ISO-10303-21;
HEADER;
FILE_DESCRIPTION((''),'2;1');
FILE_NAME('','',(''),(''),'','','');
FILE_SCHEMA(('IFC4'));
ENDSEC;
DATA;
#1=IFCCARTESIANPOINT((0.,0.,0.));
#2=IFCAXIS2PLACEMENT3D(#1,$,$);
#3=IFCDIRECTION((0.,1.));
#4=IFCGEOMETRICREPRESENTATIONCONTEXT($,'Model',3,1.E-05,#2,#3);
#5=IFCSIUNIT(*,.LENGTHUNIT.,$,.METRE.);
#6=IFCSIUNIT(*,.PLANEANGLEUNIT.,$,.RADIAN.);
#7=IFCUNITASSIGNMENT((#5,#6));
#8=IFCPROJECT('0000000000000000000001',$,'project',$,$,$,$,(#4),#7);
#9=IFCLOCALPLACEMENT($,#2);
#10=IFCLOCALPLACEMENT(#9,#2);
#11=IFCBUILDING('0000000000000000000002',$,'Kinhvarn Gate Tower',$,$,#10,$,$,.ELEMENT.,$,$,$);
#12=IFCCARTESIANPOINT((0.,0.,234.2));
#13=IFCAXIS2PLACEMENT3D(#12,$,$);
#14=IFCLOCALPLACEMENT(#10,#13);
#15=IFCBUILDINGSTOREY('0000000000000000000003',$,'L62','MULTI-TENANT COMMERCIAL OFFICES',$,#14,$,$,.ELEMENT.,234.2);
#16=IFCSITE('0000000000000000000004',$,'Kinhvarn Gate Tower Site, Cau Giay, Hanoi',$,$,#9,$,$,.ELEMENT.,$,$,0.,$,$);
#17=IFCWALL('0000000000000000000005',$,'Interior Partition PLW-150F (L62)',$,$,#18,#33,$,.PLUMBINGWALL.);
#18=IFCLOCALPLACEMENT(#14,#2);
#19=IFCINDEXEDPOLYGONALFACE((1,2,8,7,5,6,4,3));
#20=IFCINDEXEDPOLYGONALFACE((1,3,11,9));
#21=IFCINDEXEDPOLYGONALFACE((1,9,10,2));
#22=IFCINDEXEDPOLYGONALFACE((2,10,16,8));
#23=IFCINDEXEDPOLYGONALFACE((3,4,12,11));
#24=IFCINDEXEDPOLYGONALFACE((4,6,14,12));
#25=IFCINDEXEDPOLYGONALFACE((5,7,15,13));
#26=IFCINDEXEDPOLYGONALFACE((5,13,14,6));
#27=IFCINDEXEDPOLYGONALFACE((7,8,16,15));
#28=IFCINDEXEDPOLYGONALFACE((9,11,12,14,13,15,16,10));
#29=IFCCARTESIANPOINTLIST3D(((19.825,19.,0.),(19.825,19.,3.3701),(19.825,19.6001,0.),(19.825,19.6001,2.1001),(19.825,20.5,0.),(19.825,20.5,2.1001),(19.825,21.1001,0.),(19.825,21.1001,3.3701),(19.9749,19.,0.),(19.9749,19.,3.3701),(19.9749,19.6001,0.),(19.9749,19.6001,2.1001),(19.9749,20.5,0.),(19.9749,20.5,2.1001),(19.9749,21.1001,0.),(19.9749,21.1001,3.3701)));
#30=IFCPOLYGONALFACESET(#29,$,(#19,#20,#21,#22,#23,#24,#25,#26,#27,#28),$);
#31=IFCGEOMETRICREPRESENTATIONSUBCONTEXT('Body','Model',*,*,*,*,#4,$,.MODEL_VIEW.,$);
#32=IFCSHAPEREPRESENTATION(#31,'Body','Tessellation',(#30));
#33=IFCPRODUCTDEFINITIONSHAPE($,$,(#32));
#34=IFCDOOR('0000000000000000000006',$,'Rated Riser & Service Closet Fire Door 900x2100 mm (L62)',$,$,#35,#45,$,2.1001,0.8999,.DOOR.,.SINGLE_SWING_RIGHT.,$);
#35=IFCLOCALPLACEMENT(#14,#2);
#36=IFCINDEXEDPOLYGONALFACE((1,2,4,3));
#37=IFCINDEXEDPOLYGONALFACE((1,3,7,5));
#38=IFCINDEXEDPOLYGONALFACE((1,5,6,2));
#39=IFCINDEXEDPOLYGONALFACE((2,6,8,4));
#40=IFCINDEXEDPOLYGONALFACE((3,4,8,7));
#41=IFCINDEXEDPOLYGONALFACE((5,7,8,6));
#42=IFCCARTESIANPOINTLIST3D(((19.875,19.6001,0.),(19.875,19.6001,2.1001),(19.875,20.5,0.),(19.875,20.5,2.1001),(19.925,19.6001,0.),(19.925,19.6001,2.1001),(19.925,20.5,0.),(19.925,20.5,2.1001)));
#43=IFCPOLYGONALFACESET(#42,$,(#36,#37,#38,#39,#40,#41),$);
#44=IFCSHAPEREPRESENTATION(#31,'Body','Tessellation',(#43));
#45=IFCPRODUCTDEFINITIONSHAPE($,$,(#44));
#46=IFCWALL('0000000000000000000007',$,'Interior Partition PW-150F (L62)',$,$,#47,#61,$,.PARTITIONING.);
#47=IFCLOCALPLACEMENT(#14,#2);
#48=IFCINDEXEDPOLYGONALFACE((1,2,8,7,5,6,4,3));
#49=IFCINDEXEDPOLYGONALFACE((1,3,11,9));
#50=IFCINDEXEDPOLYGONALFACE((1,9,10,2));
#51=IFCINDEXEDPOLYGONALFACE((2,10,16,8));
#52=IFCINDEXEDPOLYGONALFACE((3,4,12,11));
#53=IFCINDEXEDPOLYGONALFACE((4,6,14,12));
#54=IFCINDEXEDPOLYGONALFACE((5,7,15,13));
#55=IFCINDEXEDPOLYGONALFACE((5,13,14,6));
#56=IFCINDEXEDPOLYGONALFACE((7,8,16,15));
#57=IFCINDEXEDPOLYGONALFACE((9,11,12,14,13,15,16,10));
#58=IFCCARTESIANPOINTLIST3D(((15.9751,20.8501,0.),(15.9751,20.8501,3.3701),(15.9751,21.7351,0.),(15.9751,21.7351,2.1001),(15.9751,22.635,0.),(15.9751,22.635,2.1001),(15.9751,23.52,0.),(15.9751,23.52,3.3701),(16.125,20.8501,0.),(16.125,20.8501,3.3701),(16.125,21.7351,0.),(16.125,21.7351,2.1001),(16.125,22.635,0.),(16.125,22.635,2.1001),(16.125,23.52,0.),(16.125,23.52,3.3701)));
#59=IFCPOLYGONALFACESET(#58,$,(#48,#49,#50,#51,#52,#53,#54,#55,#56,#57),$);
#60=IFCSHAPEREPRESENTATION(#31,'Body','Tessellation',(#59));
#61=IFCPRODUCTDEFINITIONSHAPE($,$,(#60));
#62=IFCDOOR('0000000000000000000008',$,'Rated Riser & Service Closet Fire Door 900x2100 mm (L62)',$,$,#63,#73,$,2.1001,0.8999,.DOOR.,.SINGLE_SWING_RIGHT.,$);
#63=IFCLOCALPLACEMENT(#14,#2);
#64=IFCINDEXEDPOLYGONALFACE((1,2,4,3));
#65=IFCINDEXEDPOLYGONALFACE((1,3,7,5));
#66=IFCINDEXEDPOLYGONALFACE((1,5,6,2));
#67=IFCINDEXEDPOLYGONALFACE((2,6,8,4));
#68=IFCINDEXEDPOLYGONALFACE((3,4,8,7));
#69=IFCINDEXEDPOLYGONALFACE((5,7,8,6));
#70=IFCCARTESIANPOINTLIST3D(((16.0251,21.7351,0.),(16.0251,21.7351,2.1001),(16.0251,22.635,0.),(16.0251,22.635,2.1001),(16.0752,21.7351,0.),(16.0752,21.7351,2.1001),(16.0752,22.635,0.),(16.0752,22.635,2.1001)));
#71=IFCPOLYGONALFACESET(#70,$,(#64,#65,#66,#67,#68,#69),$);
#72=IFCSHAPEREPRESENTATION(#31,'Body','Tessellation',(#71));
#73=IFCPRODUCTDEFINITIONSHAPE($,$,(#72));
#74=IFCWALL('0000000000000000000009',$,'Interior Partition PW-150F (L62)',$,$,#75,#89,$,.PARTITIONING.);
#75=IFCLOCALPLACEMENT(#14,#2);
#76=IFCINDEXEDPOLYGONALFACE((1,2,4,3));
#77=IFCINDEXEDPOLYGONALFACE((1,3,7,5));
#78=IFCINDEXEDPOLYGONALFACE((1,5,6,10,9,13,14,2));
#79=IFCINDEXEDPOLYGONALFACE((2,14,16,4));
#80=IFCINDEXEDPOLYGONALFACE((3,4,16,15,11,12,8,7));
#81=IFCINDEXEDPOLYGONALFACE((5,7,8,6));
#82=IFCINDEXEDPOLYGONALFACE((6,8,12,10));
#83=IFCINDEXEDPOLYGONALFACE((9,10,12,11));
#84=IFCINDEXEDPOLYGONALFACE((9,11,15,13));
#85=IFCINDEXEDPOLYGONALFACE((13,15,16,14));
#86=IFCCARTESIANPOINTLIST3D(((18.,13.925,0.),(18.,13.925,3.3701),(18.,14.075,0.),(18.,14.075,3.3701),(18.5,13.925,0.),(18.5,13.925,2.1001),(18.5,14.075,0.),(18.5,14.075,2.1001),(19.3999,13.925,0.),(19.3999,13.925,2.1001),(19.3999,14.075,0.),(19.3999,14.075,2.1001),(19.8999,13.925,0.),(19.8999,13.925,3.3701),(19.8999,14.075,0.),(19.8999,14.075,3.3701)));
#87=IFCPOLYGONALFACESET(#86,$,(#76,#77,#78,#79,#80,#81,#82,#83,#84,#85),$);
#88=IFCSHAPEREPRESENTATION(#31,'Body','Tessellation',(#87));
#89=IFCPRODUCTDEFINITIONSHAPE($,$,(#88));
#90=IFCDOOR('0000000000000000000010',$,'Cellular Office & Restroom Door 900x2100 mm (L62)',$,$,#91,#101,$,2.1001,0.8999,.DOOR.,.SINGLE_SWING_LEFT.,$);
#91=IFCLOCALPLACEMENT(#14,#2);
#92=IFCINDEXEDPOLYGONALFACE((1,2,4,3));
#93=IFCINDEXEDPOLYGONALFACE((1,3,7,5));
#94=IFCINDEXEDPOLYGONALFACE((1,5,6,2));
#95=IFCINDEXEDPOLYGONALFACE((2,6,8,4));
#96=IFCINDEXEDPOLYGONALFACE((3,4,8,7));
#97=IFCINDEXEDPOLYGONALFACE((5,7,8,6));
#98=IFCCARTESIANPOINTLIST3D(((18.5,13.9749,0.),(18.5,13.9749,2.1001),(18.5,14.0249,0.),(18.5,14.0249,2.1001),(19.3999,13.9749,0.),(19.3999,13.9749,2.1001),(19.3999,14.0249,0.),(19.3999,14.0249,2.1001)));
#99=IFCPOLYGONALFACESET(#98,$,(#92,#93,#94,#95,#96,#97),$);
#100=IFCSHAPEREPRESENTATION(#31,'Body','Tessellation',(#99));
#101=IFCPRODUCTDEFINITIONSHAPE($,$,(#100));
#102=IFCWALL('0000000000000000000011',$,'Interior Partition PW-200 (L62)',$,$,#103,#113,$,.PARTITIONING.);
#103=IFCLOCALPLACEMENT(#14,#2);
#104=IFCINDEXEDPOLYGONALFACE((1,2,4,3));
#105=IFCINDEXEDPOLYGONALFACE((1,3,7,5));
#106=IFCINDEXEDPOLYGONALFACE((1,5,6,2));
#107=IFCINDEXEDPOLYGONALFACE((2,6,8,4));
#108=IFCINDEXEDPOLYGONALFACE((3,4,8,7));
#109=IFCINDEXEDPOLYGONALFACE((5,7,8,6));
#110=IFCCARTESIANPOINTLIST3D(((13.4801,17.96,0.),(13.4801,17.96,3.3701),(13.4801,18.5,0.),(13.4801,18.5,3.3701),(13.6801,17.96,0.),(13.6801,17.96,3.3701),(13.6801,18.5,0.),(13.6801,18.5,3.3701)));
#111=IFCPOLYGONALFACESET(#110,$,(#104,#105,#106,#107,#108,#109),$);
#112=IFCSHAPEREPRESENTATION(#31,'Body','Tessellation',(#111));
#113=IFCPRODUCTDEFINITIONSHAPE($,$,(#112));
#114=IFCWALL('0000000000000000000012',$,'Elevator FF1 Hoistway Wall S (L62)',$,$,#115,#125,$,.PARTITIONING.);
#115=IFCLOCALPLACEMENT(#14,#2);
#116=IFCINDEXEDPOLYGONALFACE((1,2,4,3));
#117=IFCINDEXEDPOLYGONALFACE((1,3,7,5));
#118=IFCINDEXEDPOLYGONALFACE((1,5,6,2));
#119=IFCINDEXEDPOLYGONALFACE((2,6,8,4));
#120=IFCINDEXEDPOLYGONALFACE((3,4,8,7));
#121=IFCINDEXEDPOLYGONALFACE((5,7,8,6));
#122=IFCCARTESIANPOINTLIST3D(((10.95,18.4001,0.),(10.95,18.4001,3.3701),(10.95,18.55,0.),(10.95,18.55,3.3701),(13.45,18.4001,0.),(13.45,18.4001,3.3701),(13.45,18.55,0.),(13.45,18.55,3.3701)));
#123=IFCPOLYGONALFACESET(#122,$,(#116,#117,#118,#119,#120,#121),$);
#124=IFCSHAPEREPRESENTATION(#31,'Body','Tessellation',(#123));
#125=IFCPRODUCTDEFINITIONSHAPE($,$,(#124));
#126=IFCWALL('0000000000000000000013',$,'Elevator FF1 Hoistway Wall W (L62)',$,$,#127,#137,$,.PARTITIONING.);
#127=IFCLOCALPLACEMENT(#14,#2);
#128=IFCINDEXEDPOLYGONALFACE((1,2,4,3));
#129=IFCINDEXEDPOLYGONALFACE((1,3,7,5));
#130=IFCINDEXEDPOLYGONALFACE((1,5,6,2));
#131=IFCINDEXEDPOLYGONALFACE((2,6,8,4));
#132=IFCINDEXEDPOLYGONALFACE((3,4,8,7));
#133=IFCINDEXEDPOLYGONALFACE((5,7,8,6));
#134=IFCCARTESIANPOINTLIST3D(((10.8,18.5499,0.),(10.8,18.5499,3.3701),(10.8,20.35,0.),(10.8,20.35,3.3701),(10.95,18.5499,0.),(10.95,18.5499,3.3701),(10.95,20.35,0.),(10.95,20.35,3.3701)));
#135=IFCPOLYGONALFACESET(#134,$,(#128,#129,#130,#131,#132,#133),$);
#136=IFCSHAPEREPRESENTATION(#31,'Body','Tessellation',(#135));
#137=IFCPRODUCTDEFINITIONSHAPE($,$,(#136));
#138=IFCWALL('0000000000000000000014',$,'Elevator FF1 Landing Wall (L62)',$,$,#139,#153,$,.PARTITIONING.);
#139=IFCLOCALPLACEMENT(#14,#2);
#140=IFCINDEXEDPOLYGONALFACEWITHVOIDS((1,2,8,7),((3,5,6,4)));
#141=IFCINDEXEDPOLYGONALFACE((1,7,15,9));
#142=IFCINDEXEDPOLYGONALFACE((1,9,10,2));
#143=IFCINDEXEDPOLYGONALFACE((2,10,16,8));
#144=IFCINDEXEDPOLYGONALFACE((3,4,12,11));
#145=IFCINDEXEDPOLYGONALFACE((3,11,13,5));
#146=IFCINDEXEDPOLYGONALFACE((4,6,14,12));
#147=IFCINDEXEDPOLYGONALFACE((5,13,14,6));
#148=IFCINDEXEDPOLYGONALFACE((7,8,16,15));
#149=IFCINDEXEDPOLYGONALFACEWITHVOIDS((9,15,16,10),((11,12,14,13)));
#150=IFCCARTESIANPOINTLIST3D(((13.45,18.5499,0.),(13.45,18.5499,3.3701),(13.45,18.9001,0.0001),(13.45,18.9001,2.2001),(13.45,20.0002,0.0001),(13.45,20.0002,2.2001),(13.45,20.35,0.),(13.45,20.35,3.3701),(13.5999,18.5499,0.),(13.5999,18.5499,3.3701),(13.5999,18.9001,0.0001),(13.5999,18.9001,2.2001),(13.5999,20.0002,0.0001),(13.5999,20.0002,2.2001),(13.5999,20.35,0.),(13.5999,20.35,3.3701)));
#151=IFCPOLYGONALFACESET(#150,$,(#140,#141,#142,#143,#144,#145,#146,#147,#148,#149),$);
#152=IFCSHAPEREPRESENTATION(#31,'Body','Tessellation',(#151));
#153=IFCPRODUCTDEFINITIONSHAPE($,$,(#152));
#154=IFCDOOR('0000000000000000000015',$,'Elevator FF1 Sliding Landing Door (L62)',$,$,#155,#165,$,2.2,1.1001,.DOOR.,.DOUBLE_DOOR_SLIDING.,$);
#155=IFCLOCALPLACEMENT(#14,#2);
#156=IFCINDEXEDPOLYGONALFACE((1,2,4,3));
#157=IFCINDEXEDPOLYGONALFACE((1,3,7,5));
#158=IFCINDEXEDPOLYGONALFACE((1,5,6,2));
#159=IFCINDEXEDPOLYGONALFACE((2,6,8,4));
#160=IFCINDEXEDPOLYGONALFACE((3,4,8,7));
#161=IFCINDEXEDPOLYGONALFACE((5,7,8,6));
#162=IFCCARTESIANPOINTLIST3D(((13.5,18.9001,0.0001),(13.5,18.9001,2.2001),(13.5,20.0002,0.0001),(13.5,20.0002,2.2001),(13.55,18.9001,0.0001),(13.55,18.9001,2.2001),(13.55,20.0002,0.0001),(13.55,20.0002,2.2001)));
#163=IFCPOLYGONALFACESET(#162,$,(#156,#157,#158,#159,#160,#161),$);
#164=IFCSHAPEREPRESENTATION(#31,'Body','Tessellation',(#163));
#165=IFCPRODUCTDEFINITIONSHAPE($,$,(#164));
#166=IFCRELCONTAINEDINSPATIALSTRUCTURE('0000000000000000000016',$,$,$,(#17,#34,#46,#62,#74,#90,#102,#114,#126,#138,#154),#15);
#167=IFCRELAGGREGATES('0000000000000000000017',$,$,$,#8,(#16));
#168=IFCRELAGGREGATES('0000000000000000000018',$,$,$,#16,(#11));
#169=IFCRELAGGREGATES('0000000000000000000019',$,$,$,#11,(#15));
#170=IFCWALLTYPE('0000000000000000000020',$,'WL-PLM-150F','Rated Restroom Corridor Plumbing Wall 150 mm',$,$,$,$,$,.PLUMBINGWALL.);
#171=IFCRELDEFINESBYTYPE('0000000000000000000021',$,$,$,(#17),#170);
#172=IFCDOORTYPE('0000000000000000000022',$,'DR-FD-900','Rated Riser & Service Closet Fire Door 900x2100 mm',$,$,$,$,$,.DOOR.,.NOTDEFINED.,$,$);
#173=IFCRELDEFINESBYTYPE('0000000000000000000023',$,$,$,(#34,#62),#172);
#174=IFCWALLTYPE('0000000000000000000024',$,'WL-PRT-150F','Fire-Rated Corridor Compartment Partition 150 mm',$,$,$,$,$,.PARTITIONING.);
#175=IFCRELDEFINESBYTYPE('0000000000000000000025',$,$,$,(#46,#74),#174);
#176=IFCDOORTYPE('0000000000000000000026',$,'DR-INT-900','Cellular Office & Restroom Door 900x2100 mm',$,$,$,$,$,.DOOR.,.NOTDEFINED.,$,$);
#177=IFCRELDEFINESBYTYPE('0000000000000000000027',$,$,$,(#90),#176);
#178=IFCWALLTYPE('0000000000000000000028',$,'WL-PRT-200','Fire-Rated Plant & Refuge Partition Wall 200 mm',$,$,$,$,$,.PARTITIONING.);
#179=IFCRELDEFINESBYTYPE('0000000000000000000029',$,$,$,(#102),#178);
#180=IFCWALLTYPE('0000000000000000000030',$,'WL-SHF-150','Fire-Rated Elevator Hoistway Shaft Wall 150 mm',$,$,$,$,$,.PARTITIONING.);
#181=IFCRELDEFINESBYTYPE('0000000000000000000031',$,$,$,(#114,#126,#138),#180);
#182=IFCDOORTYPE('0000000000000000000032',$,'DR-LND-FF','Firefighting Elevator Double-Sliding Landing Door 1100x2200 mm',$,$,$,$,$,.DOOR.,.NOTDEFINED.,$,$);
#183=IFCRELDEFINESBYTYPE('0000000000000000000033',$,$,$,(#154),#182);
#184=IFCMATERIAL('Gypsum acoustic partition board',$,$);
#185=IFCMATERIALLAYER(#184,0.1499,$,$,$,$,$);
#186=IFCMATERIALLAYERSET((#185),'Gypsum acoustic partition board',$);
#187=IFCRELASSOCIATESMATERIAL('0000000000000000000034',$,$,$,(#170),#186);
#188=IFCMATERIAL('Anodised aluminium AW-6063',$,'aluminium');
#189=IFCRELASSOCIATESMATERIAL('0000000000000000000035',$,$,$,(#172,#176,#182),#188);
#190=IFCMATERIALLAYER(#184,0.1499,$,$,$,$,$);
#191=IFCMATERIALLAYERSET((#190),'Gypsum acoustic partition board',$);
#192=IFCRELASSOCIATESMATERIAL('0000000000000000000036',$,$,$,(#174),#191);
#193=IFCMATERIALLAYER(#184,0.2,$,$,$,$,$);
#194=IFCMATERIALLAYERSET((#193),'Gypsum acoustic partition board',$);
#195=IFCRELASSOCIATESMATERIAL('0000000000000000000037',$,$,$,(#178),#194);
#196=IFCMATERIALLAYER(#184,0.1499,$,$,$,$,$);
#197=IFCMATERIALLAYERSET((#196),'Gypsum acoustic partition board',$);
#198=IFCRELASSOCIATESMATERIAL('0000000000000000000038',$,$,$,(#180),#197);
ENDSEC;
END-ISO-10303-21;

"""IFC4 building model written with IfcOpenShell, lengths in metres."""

from ifc_helpers import new_model, si_unit, direction, frame, frame_2d, origin, place, context, subcontext, project, spatial, rectangle, extrude, material, layer, layer_set, type_object, element, fill, save


model = new_model("IFC4")

# Units and contexts
model_context = context("Model", 3, precision=1e-05, world=origin(), true_north=direction((0.0, 1.0)))
body_context = subcontext(model_context, "Body", "Model", "MODEL_VIEW")
ifc_project = project(units=[si_unit("LENGTHUNIT", "METRE"), si_unit("PLANEANGLEUNIT", "RADIAN")], contexts=[model_context])

# Site, building, storey
site_placement = place(None, origin())
site = spatial("IfcSite", under=ifc_project, at=site_placement, Name="Kinhvarn Gate Tower Site, Cau Giay, Hanoi", CompositionType="ELEMENT", RefElevation=0.0)
building_placement = place(site_placement, origin())
building = spatial("IfcBuilding", under=site, at=building_placement, Name="Kinhvarn Gate Tower", CompositionType="ELEMENT")
storey_placement = place(building_placement, frame((0.0, 0.0, 234.2)))
storey = spatial("IfcBuildingStorey", under=building, at=storey_placement, Name="L62", Description="MULTI-TENANT COMMERCIAL OFFICES", CompositionType="ELEMENT", Elevation=234.2)

# Shared definitions
ifc_material_1 = material(Name="Anodised aluminium AW-6063", Category="aluminium")

# Shared definitions
ifc_material_2 = material(Name="Gypsum acoustic partition board")

# Walls, openings, doors
ifc_layer_1 = layer(ifc_material_2, 0.1499)
ifc_layer_set_1 = layer_set([ifc_layer_1], Name="Gypsum acoustic partition board")
wall_type_1 = type_object("IfcWallType", Name="WL-PLM-150F", Description="Rated Restroom Corridor Plumbing Wall 150 mm", PredefinedType="PLUMBINGWALL", material=ifc_layer_set_1)
door_type_1 = type_object("IfcDoorType", Name="DR-FD-900", Description="Rated Riser & Service Closet Fire Door 900x2100 mm", OperationType="NOTDEFINED", PredefinedType="DOOR", material=ifc_material_1)
wall_1_placement = place(storey_placement, frame((19.8999, 19.0, 0.0), z_axis=(0.0, 0.0, 1.0), x_axis=(0.0, 1.0, 0.0)))
wall_1 = element("IfcWall", 1, at=wall_1_placement, inside=storey, type_object=wall_type_1, Name="Interior Partition PLW-150F (L62)", PredefinedType="PLUMBINGWALL", context=body_context, shape_type="SweptSolid", body=[
    extrude(rectangle(XDim=2.1001, YDim=0.1499, at=frame_2d((1.05, 0.0))), origin(), (0.0, 0.0, 1.0), 3.3701),
])
opening_1_placement = place(wall_1_placement, frame((0.6001, 0.0, 0.0)))
opening_1 = element("IfcOpeningElement", 2, at=opening_1_placement, cuts=wall_1, PredefinedType="OPENING", context=body_context, shape_type="SweptSolid", body=[
    extrude(rectangle(XDim=0.8999, YDim=2.1001, at=frame_2d((0.45, 1.05))), frame((0.0, 0.085, 0.0), z_axis=(0.0, -1.0, 0.0), x_axis=(1.0, 0.0, 0.0)), (0.0, 0.0, 1.0), 0.1699),
])
door_1_placement = place(opening_1_placement, origin())
door_1 = element("IfcDoor", 3, at=door_1_placement, inside=storey, type_object=door_type_1, Name="Rated Riser & Service Closet Fire Door 900x2100 mm (L62)", OperationType="SINGLE_SWING_RIGHT", OverallHeight=2.1001, OverallWidth=0.8999, PredefinedType="DOOR", context=body_context, shape_type="SweptSolid", body=[
    extrude(rectangle(XDim=0.8999, YDim=2.1001, at=frame_2d((0.45, 1.05))), frame((0.0, 0.0249, 0.0), z_axis=(0.0, -1.0, 0.0), x_axis=(1.0, 0.0, 0.0)), (0.0, 0.0, 1.0), 0.05),
])
fill(opening_1, door_1)
ifc_layer_2 = layer(ifc_material_2, 0.1499)
ifc_layer_set_2 = layer_set([ifc_layer_2], Name="Gypsum acoustic partition board")
wall_type_2 = type_object("IfcWallType", Name="WL-PRT-150F", Description="Fire-Rated Corridor Compartment Partition 150 mm", PredefinedType="PARTITIONING", material=ifc_layer_set_2)
wall_2_placement = place(storey_placement, frame((16.05, 20.8501, 0.0), z_axis=(0.0, 0.0, 1.0), x_axis=(0.0, 1.0, 0.0)))
wall_2 = element("IfcWall", 4, at=wall_2_placement, inside=storey, type_object=wall_type_2, Name="Interior Partition PW-150F (L62)", PredefinedType="PARTITIONING", context=body_context, shape_type="SweptSolid", body=[
    extrude(rectangle(XDim=2.6699, YDim=0.1499, at=frame_2d((1.335, 0.0))), origin(), (0.0, 0.0, 1.0), 3.3701),
])
opening_2_placement = place(wall_2_placement, frame((0.885, 0.0, 0.0)))
opening_2 = element("IfcOpeningElement", 5, at=opening_2_placement, cuts=wall_2, PredefinedType="OPENING", context=body_context, shape_type="SweptSolid", body=[
    extrude(rectangle(XDim=0.8999, YDim=2.1001, at=frame_2d((0.45, 1.05))), frame((0.0, 0.085, 0.0), z_axis=(0.0, -1.0, 0.0), x_axis=(1.0, 0.0, 0.0)), (0.0, 0.0, 1.0), 0.1699),
])
door_2_placement = place(opening_2_placement, origin())
door_2 = element("IfcDoor", 6, at=door_2_placement, inside=storey, type_object=door_type_1, Name="Rated Riser & Service Closet Fire Door 900x2100 mm (L62)", OperationType="SINGLE_SWING_RIGHT", OverallHeight=2.1001, OverallWidth=0.8999, PredefinedType="DOOR", context=body_context, shape_type="SweptSolid", body=[
    extrude(rectangle(XDim=0.8999, YDim=2.1001, at=frame_2d((0.45, 1.05))), frame((0.0, 0.0249, 0.0), z_axis=(0.0, -1.0, 0.0), x_axis=(1.0, 0.0, 0.0)), (0.0, 0.0, 1.0), 0.05),
])
fill(opening_2, door_2)
wall_3_placement = place(storey_placement, frame((18.0, 14.0, 0.0), z_axis=(0.0, 0.0, 1.0), x_axis=(1.0, 0.0, 0.0)))
wall_3 = element("IfcWall", 7, at=wall_3_placement, inside=storey, type_object=wall_type_2, Name="Interior Partition PW-150F (L62)", PredefinedType="PARTITIONING", context=body_context, shape_type="SweptSolid", body=[
    extrude(rectangle(XDim=1.8999, YDim=0.1499, at=frame_2d((0.95, 0.0))), origin(), (0.0, 0.0, 1.0), 3.3701),
])
opening_3_placement = place(wall_3_placement, frame((0.5, 0.0, 0.0)))
opening_3 = element("IfcOpeningElement", 8, at=opening_3_placement, cuts=wall_3, PredefinedType="OPENING", context=body_context, shape_type="SweptSolid", body=[
    extrude(rectangle(XDim=0.8999, YDim=2.1001, at=frame_2d((0.45, 1.05))), frame((0.0, 0.085, 0.0), z_axis=(0.0, -1.0, 0.0), x_axis=(1.0, 0.0, 0.0)), (0.0, 0.0, 1.0), 0.1699),
])
door_type_2 = type_object("IfcDoorType", Name="DR-INT-900", Description="Cellular Office & Restroom Door 900x2100 mm", OperationType="NOTDEFINED", PredefinedType="DOOR", material=ifc_material_1)
door_3_placement = place(opening_3_placement, origin())
door_3 = element("IfcDoor", 9, at=door_3_placement, inside=storey, type_object=door_type_2, Name="Cellular Office & Restroom Door 900x2100 mm (L62)", OperationType="SINGLE_SWING_LEFT", OverallHeight=2.1001, OverallWidth=0.8999, PredefinedType="DOOR", context=body_context, shape_type="SweptSolid", body=[
    extrude(rectangle(XDim=0.8999, YDim=2.1001, at=frame_2d((0.45, 1.05))), frame((0.0, 0.0249, 0.0), z_axis=(0.0, -1.0, 0.0), x_axis=(1.0, 0.0, 0.0)), (0.0, 0.0, 1.0), 0.05),
])
fill(opening_3, door_3)

# Walls
ifc_layer_3 = layer(ifc_material_2, 0.2)
ifc_layer_set_3 = layer_set([ifc_layer_3], Name="Gypsum acoustic partition board")
wall_type_3 = type_object("IfcWallType", Name="WL-PRT-200", Description="Fire-Rated Plant & Refuge Partition Wall 200 mm", PredefinedType="PARTITIONING", material=ifc_layer_set_3)
wall_4_placement = place(storey_placement, frame((13.5801, 17.96, 0.0), z_axis=(0.0, 0.0, 1.0), x_axis=(0.0, 1.0, 0.0)))
element("IfcWall", 10, at=wall_4_placement, inside=storey, type_object=wall_type_3, Name="Interior Partition PW-200 (L62)", PredefinedType="PARTITIONING", context=body_context, shape_type="SweptSolid", body=[
    extrude(rectangle(XDim=0.54, YDim=0.2, at=frame_2d((0.27, 0.0))), origin(), (0.0, 0.0, 1.0), 3.3701),
])
ifc_layer_4 = layer(ifc_material_2, 0.1499)
ifc_layer_set_4 = layer_set([ifc_layer_4], Name="Gypsum acoustic partition board")
wall_type_4 = type_object("IfcWallType", Name="WL-SHF-150", Description="Fire-Rated Elevator Hoistway Shaft Wall 150 mm", PredefinedType="PARTITIONING", material=ifc_layer_set_4)
wall_5_placement = place(storey_placement, frame((10.95, 18.4751, 0.0), z_axis=(0.0, 0.0, 1.0), x_axis=(1.0, 0.0, 0.0)))
element("IfcWall", 11, at=wall_5_placement, inside=storey, type_object=wall_type_4, Name="Elevator FF1 Hoistway Wall S (L62)", PredefinedType="PARTITIONING", context=body_context, shape_type="SweptSolid", body=[
    extrude(rectangle(XDim=2.5, YDim=0.1499, at=frame_2d((1.25, 0.0))), origin(), (0.0, 0.0, 1.0), 3.3701),
])
wall_6_placement = place(storey_placement, frame((10.875, 18.55, 0.0), z_axis=(0.0, 0.0, 1.0), x_axis=(0.0, 1.0, 0.0)))
element("IfcWall", 12, at=wall_6_placement, inside=storey, type_object=wall_type_4, Name="Elevator FF1 Hoistway Wall W (L62)", PredefinedType="PARTITIONING", context=body_context, shape_type="SweptSolid", body=[
    extrude(rectangle(XDim=1.8, YDim=0.1499, at=frame_2d((0.8999, 0.0))), origin(), (0.0, 0.0, 1.0), 3.3701),
])

# Wall, opening, door
wall_7_placement = place(storey_placement, frame((13.5249, 18.55, 0.0), z_axis=(0.0, 0.0, 1.0), x_axis=(0.0, 1.0, 0.0)))
wall_7 = element("IfcWall", 13, at=wall_7_placement, inside=storey, type_object=wall_type_4, Name="Elevator FF1 Landing Wall (L62)", PredefinedType="PARTITIONING", context=body_context, shape_type="SweptSolid", body=[
    extrude(rectangle(XDim=1.8, YDim=0.1499, at=frame_2d((0.8999, 0.0))), origin(), (0.0, 0.0, 1.0), 3.3701),
])
opening_4_placement = place(wall_7_placement, frame((0.3501, 0.0, 0.0)))
opening_4 = element("IfcOpeningElement", 14, at=opening_4_placement, cuts=wall_7, PredefinedType="OPENING", context=body_context, shape_type="SweptSolid", body=[
    extrude(rectangle(XDim=1.1001, YDim=2.2, at=frame_2d((0.55, 1.1001))), frame((0.0, 0.085, 0.0), z_axis=(0.0, -1.0, 0.0), x_axis=(1.0, 0.0, 0.0)), (0.0, 0.0, 1.0), 0.1699),
])
door_type_3 = type_object("IfcDoorType", Name="DR-LND-FF", Description="Firefighting Elevator Double-Sliding Landing Door 1100x2200 mm", OperationType="NOTDEFINED", PredefinedType="DOOR", material=ifc_material_1)
door_4_placement = place(opening_4_placement, origin())
door_4 = element("IfcDoor", 15, at=door_4_placement, inside=storey, type_object=door_type_3, Name="Elevator FF1 Sliding Landing Door (L62)", OperationType="DOUBLE_DOOR_SLIDING", OverallHeight=2.2, OverallWidth=1.1001, PredefinedType="DOOR", context=body_context, shape_type="SweptSolid", body=[
    extrude(rectangle(XDim=1.1001, YDim=2.2, at=frame_2d((0.55, 1.1001))), frame((0.0, 0.0249, 0.0), z_axis=(0.0, -1.0, 0.0), x_axis=(1.0, 0.0, 0.0)), (0.0, 0.0, 1.0), 0.05),
])
fill(opening_4, door_4)

save(model, "model.ifc")
